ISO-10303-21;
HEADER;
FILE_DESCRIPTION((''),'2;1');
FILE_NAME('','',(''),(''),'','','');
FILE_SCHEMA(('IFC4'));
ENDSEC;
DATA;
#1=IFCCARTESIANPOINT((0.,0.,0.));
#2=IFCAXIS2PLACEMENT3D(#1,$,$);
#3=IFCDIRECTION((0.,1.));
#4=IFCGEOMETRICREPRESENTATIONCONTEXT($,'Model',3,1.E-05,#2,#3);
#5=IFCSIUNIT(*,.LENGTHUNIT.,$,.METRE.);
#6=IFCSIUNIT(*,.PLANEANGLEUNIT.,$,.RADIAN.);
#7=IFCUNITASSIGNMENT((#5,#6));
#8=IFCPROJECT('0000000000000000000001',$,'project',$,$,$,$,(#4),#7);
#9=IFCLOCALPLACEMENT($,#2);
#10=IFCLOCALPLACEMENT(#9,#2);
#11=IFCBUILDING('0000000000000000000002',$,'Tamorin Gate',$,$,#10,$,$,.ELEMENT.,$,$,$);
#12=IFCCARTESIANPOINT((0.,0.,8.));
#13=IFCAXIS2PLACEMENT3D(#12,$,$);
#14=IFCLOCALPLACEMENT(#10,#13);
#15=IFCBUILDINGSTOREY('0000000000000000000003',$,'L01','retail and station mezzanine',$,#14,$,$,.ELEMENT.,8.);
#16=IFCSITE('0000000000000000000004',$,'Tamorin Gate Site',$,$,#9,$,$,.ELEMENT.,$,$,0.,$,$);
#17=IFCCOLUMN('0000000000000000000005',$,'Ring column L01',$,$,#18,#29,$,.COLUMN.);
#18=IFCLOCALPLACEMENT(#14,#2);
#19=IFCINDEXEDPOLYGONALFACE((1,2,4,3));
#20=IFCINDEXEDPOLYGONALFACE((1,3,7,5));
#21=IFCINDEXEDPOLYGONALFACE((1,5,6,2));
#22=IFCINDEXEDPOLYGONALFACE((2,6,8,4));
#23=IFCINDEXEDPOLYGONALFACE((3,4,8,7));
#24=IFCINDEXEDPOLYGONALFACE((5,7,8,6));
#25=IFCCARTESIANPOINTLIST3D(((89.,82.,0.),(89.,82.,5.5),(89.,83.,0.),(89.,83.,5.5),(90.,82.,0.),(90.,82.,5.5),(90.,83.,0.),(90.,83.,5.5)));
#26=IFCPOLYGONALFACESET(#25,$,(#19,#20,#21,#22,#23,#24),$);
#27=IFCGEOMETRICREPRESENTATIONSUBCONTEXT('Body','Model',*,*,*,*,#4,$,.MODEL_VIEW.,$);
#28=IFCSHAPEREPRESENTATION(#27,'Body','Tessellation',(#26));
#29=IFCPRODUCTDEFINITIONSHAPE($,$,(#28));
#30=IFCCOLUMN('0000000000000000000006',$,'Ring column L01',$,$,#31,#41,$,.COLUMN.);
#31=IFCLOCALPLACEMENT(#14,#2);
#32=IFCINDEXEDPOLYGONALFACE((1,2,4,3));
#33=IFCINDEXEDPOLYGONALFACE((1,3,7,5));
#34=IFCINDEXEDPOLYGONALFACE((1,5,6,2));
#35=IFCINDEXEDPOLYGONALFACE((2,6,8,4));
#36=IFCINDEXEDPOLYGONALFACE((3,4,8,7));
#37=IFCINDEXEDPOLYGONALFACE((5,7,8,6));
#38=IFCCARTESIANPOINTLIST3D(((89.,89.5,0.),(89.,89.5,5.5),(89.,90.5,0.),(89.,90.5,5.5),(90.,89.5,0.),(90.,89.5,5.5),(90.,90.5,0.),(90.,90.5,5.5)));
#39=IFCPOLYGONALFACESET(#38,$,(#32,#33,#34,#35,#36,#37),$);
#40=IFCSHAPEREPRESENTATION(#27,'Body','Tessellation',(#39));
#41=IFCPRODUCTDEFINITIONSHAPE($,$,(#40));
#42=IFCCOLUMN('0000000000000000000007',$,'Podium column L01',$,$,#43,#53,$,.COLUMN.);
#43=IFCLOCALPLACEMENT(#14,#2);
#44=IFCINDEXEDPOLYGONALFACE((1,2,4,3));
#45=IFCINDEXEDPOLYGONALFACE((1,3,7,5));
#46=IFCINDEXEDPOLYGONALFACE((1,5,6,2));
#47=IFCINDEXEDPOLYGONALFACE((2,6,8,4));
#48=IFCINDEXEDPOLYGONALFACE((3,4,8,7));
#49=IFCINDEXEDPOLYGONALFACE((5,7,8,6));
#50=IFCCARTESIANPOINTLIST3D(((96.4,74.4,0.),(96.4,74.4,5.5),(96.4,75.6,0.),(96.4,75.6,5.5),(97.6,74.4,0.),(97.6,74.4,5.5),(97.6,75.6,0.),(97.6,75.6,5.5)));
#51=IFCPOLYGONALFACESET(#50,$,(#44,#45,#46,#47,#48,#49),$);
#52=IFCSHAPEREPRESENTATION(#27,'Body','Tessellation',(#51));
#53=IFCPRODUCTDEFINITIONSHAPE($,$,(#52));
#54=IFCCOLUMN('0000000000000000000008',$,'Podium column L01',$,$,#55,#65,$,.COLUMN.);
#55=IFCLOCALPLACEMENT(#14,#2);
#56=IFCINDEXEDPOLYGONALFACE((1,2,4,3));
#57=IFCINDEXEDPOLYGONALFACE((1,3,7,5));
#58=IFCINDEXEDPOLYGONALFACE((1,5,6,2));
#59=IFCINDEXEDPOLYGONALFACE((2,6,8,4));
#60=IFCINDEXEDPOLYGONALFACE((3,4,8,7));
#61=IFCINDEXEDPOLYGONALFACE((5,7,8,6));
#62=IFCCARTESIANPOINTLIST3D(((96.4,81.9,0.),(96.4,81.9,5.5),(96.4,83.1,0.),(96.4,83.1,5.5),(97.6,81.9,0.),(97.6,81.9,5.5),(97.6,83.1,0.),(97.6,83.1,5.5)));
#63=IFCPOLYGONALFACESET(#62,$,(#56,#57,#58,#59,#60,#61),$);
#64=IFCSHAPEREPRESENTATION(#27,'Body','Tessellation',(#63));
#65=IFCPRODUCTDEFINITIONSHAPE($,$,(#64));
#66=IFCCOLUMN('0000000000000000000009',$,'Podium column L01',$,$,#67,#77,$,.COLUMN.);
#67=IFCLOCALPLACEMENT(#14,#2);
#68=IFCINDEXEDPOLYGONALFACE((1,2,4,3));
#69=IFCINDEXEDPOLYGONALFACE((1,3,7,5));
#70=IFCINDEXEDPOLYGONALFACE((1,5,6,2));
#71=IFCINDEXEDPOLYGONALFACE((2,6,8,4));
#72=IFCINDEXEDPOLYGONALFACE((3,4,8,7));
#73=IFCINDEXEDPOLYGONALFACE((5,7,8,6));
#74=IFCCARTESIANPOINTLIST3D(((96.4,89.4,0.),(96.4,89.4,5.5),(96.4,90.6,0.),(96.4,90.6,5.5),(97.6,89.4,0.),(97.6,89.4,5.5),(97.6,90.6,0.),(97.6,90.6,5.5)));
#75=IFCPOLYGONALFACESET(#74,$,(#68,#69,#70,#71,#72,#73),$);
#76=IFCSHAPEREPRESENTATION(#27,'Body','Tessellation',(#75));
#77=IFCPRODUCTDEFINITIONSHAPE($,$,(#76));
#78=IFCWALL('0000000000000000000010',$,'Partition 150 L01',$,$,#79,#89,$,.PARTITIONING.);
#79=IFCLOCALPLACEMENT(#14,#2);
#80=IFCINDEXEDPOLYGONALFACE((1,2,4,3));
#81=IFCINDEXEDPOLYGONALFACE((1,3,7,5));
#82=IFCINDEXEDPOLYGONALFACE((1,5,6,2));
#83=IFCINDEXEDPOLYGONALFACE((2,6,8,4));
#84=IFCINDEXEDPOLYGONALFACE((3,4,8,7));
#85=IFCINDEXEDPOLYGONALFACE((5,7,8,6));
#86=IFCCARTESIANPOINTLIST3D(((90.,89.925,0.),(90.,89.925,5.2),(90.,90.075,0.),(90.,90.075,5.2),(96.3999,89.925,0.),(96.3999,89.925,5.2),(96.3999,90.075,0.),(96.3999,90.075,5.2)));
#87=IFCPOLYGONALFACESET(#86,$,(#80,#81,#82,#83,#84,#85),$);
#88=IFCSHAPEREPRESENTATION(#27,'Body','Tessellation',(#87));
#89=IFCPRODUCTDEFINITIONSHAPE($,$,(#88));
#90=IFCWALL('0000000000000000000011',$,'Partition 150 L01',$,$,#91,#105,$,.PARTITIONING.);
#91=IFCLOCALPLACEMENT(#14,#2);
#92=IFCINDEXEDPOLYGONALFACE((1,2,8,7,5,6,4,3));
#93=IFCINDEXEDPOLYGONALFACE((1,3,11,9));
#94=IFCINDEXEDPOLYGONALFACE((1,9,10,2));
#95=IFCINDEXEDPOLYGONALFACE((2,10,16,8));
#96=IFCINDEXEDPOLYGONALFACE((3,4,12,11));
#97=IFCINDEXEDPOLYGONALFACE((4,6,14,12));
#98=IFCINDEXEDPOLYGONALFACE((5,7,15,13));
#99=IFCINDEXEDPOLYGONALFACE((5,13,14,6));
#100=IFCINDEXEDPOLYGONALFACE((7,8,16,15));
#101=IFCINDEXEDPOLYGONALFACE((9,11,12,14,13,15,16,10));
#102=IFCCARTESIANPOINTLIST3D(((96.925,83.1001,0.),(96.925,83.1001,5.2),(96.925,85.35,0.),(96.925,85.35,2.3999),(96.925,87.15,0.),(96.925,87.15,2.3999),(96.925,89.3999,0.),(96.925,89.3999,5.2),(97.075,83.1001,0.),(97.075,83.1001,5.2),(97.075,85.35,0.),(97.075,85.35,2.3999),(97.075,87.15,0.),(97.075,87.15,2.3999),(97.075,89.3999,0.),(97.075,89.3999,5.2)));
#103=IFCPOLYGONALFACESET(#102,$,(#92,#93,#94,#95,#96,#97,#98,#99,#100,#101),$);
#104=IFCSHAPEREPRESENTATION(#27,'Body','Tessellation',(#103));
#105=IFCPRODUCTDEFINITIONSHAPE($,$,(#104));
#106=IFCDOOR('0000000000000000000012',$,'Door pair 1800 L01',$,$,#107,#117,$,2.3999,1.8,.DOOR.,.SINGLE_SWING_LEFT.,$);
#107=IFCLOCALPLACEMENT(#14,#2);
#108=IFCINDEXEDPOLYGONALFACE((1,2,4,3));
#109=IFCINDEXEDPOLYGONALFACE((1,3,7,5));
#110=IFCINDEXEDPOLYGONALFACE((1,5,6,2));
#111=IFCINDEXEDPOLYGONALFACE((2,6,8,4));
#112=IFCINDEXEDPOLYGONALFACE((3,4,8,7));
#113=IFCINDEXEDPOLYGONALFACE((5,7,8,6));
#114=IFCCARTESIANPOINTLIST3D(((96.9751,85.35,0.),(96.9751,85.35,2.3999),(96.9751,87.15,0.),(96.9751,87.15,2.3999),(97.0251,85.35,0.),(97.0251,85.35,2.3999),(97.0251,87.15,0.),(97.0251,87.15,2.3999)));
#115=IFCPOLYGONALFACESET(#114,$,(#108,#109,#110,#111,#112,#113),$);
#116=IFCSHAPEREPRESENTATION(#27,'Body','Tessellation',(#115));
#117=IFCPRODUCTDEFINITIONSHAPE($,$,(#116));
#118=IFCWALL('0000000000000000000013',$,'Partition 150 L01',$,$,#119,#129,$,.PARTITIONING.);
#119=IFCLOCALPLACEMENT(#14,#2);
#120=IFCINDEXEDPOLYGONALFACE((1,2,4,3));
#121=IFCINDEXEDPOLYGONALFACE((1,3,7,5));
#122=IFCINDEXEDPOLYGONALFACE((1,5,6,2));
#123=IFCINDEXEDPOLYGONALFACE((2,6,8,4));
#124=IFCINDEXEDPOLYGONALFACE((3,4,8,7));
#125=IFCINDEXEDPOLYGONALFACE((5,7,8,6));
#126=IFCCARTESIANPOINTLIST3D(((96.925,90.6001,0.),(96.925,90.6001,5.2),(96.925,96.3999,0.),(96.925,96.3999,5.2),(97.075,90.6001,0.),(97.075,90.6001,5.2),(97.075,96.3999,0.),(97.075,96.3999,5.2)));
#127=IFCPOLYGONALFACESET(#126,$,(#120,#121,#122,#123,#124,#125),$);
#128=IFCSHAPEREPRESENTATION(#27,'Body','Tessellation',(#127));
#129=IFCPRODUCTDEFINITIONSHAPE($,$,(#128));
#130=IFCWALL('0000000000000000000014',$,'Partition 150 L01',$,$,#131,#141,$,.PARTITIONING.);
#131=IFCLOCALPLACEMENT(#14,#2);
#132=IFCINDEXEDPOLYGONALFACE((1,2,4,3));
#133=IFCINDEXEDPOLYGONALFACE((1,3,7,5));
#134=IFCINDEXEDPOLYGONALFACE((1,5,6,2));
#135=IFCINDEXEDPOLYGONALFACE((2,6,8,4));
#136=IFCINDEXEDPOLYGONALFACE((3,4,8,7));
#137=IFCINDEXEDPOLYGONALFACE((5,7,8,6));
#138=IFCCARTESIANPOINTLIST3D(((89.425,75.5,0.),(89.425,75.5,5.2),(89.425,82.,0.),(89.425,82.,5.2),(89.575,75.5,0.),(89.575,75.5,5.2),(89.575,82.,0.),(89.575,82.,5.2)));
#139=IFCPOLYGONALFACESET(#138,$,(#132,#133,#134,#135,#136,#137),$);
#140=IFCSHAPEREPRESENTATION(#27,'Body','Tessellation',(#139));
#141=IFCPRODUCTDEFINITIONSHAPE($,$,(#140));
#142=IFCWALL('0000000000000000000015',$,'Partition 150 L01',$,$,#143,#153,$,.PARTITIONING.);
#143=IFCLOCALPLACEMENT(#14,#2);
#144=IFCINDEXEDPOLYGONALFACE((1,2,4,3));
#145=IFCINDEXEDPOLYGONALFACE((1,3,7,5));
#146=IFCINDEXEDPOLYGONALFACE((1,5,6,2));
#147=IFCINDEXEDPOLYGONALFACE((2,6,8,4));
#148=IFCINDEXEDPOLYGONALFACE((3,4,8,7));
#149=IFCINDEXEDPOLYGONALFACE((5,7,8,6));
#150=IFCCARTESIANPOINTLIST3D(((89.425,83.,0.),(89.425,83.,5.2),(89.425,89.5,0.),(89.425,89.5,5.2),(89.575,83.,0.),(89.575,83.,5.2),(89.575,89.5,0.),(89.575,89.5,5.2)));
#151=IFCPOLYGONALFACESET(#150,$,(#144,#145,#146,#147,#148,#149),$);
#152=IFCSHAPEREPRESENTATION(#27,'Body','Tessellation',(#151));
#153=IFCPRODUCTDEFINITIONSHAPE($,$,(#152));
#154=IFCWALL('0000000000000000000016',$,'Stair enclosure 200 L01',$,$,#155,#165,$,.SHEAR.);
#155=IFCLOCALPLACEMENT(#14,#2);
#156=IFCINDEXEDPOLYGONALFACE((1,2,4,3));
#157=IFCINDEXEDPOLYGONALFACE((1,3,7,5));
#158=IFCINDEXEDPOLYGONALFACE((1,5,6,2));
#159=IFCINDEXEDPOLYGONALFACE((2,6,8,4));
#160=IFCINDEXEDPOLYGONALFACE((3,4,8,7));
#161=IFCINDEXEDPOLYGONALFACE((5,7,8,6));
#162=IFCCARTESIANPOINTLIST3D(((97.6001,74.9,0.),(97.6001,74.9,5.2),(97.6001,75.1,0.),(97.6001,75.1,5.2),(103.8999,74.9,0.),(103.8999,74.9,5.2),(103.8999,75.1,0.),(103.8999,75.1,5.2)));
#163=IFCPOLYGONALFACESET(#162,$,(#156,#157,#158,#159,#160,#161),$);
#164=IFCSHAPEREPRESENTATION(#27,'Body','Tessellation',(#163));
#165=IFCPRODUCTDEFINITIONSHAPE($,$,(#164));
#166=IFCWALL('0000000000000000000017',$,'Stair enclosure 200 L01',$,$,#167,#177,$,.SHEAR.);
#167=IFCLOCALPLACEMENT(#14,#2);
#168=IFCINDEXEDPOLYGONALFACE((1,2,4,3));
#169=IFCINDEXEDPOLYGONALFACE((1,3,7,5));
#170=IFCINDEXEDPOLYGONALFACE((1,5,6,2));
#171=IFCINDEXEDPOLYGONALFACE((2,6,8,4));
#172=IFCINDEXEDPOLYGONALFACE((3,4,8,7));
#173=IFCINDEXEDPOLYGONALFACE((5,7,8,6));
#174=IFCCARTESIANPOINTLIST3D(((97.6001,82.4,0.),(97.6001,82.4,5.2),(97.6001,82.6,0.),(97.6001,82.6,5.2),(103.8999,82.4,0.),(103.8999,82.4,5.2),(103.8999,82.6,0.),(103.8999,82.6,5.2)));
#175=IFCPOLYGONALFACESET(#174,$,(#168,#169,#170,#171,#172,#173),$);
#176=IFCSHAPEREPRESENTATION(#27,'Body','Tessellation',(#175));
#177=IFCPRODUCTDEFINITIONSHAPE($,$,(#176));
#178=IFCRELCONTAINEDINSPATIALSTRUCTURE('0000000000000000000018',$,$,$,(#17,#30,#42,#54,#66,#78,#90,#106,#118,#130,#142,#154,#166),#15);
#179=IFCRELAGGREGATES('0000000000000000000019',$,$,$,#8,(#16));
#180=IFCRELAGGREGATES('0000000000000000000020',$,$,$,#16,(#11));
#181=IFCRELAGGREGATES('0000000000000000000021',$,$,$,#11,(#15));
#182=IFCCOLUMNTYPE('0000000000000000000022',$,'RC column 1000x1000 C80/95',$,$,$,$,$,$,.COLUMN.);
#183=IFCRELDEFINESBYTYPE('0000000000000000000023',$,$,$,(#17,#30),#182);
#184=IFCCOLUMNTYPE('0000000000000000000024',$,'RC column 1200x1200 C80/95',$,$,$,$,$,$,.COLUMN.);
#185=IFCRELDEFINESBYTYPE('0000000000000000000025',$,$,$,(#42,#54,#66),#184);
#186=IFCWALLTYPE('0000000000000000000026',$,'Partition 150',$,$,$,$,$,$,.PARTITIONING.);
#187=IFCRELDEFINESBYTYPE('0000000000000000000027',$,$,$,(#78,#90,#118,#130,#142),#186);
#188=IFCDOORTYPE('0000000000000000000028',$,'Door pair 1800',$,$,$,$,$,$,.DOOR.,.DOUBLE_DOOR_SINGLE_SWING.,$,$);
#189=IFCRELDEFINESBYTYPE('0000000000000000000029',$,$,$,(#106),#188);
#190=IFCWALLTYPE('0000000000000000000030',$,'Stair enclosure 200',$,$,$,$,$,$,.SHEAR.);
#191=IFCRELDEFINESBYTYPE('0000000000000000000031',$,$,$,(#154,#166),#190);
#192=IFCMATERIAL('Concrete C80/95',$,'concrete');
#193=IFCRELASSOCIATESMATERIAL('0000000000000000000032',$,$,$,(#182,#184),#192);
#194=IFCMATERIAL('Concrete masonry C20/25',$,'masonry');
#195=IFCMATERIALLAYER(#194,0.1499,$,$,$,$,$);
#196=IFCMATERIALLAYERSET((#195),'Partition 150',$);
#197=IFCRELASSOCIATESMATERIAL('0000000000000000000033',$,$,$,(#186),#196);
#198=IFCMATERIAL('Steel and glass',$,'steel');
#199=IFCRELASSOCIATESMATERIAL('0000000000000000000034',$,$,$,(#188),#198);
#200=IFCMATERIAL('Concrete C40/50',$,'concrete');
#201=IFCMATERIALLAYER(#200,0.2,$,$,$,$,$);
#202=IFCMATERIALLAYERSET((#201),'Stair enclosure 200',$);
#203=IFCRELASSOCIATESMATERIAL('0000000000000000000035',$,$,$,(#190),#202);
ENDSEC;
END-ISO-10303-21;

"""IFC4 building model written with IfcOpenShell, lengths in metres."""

from ifc_helpers import new_model, si_unit, direction, frame, frame_2d, origin, origin_2d, place, context, subcontext, project, spatial, rectangle, extrude, material, layer, layer_set, material_profile, profile_set, type_object, element, fill, save


model = new_model("IFC4")

# Units and contexts
model_context = context("Model", 3, precision=1e-05, world=origin(), true_north=direction((0.0, 1.0)))
body_context = subcontext(model_context, "Body", "Model", "MODEL_VIEW")
ifc_project = project(units=[si_unit("LENGTHUNIT", "METRE"), si_unit("PLANEANGLEUNIT", "RADIAN")], contexts=[model_context])

# Site, building, storey
site_placement = place(None, origin())
site = spatial("IfcSite", under=ifc_project, at=site_placement, Name="Tamorin Gate Site", CompositionType="ELEMENT", RefElevation=0.0)
building_placement = place(site_placement, origin())
building = spatial("IfcBuilding", under=site, at=building_placement, Name="Tamorin Gate", CompositionType="ELEMENT")
storey_placement = place(building_placement, frame((0.0, 0.0, 8.0)))
storey = spatial("IfcBuildingStorey", under=building, at=storey_placement, Name="L01", Description="retail and station mezzanine", CompositionType="ELEMENT", Elevation=8.0)

# Columns
ifc_material_1 = material(Name="Concrete C80/95", Category="concrete")
ifc_material_profile_1 = material_profile(ifc_material_1, rectangle(XDim=1.0, YDim=1.0, at=origin_2d()), Name="RC 1000x1000")
ifc_profile_set_1 = profile_set([ifc_material_profile_1], Name="Concrete C80/95")
column_type_1 = type_object("IfcColumnType", Name="RC column 1000x1000 C80/95", PredefinedType="COLUMN", material=ifc_profile_set_1)
for number, where, z_axis, x_axis, name in (
    (1, (89.5, 82.5, 0.0), (0.0, 0.0, 1.0), (1.0, 0.0, 0.0), "Ring column L01"),
    (2, (89.5, 90.0, 0.0), (0.0, 0.0, 1.0), (1.0, 0.0, 0.0), "Ring column L01"),
):
    element("IfcColumn", number, at=place(storey_placement, frame(where, z_axis=z_axis, x_axis=x_axis)), inside=storey, type_object=column_type_1, Name=name, PredefinedType="COLUMN", context=body_context, shape_type="SweptSolid", body=[
        extrude(rectangle(XDim=1.0, YDim=1.0, at=origin_2d()), origin(), (0.0, 0.0, 1.0), 5.5),
    ])
ifc_material_profile_2 = material_profile(ifc_material_1, rectangle(XDim=1.2, YDim=1.2, at=origin_2d()), Name="RC 1200x1200")
ifc_profile_set_2 = profile_set([ifc_material_profile_2], Name="Concrete C80/95")
column_type_2 = type_object("IfcColumnType", Name="RC column 1200x1200 C80/95", PredefinedType="COLUMN", material=ifc_profile_set_2)
for number, where, z_axis, x_axis, name in (
    (3, (97.0, 75.0, 0.0), (0.0, 0.0, 1.0), (1.0, 0.0, 0.0), "Podium column L01"),
    (4, (97.0, 82.5, 0.0), (0.0, 0.0, 1.0), (1.0, 0.0, 0.0), "Podium column L01"),
    (5, (97.0, 90.0, 0.0), (0.0, 0.0, 1.0), (1.0, 0.0, 0.0), "Podium column L01"),
):
    element("IfcColumn", number, at=place(storey_placement, frame(where, z_axis=z_axis, x_axis=x_axis)), inside=storey, type_object=column_type_2, Name=name, PredefinedType="COLUMN", context=body_context, shape_type="SweptSolid", body=[
        extrude(rectangle(XDim=1.2, YDim=1.2, at=origin_2d()), origin(), (0.0, 0.0, 1.0), 5.5),
    ])

# Wall
ifc_material_2 = material(Name="Concrete masonry C20/25", Category="masonry")
ifc_layer_1 = layer(ifc_material_2, 0.1499)
ifc_layer_set_1 = layer_set([ifc_layer_1], Name="Partition 150")
wall_type_1 = type_object("IfcWallType", Name="Partition 150", PredefinedType="PARTITIONING", material=ifc_layer_set_1)
wall_1_placement = place(storey_placement, frame((90.0, 90.0, 0.0), z_axis=(0.0, 0.0, 1.0), x_axis=(1.0, 0.0, 0.0)))
element("IfcWall", 6, at=wall_1_placement, inside=storey, type_object=wall_type_1, Name="Partition 150 L01", PredefinedType="PARTITIONING", context=body_context, shape_type="SweptSolid", body=[
    extrude(rectangle(XDim=6.3999, YDim=0.1499, at=frame_2d((3.2, 0.0))), origin(), (0.0, 0.0, 1.0), 5.2),
])

# Wall, opening, door
wall_2_placement = place(storey_placement, frame((97.0, 83.1001, 0.0), z_axis=(0.0, 0.0, 1.0), x_axis=(0.0, 1.0, 0.0)))
wall_2 = element("IfcWall", 7, at=wall_2_placement, inside=storey, type_object=wall_type_1, Name="Partition 150 L01", PredefinedType="PARTITIONING", context=body_context, shape_type="SweptSolid", body=[
    extrude(rectangle(XDim=6.2998, YDim=0.1499, at=frame_2d((3.1499, 0.0))), origin(), (0.0, 0.0, 1.0), 5.2),
])
opening_1_placement = place(wall_2_placement, frame((2.25, 0.0, 0.0)))
opening_1 = element("IfcOpeningElement", 8, at=opening_1_placement, cuts=wall_2, PredefinedType="OPENING", context=body_context, shape_type="SweptSolid", body=[
    extrude(rectangle(XDim=1.8, YDim=2.3999, at=frame_2d((0.8999, 1.2))), frame((0.0, 0.085, 0.0), z_axis=(0.0, -1.0, 0.0), x_axis=(1.0, 0.0, 0.0)), (0.0, 0.0, 1.0), 0.1699),
])
ifc_material_3 = material(Name="Steel and glass", Category="steel")
door_type_1 = type_object("IfcDoorType", Name="Door pair 1800", OperationType="DOUBLE_DOOR_SINGLE_SWING", PredefinedType="DOOR", material=ifc_material_3)
door_1_placement = place(opening_1_placement, origin())
door_1 = element("IfcDoor", 9, at=door_1_placement, inside=storey, type_object=door_type_1, Name="Door pair 1800 L01", OperationType="SINGLE_SWING_LEFT", OverallHeight=2.3999, OverallWidth=1.8, PredefinedType="DOOR", context=body_context, shape_type="SweptSolid", body=[
    extrude(rectangle(XDim=1.8, YDim=2.3999, at=frame_2d((0.8999, 1.2))), frame((0.0, 0.0249, 0.0), z_axis=(0.0, -1.0, 0.0), x_axis=(1.0, 0.0, 0.0)), (0.0, 0.0, 1.0), 0.05),
])
fill(opening_1, door_1)

# Walls
wall_3_placement = place(storey_placement, frame((97.0, 90.6001, 0.0), z_axis=(0.0, 0.0, 1.0), x_axis=(0.0, 1.0, 0.0)))
element("IfcWall", 10, at=wall_3_placement, inside=storey, type_object=wall_type_1, Name="Partition 150 L01", PredefinedType="PARTITIONING", context=body_context, shape_type="SweptSolid", body=[
    extrude(rectangle(XDim=5.7998, YDim=0.1499, at=frame_2d((2.8999, 0.0))), origin(), (0.0, 0.0, 1.0), 5.2),
])
for number, where, z_axis, x_axis, name in (
    (11, (89.5, 75.5, 0.0), (0.0, 0.0, 1.0), (0.0, 1.0, 0.0), "Partition 150 L01"),
    (12, (89.5, 83.0, 0.0), (0.0, 0.0, 1.0), (0.0, 1.0, 0.0), "Partition 150 L01"),
):
    element("IfcWall", number, at=place(storey_placement, frame(where, z_axis=z_axis, x_axis=x_axis)), inside=storey, type_object=wall_type_1, Name=name, PredefinedType="PARTITIONING", context=body_context, shape_type="SweptSolid", body=[
        extrude(rectangle(XDim=6.5, YDim=0.1499, at=frame_2d((3.25, 0.0))), origin(), (0.0, 0.0, 1.0), 5.2),
    ])
ifc_material_4 = material(Name="Concrete C40/50", Category="concrete")
ifc_layer_2 = layer(ifc_material_4, 0.2)
ifc_layer_set_2 = layer_set([ifc_layer_2], Name="Stair enclosure 200")
wall_type_2 = type_object("IfcWallType", Name="Stair enclosure 200", PredefinedType="SHEAR", material=ifc_layer_set_2)
for number, where, z_axis, x_axis, name in (
    (13, (97.6001, 75.0, 0.0), (0.0, 0.0, 1.0), (1.0, 0.0, 0.0), "Stair enclosure 200 L01"),
    (14, (97.6001, 82.5, 0.0), (0.0, 0.0, 1.0), (1.0, 0.0, 0.0), "Stair enclosure 200 L01"),
):
    element("IfcWall", number, at=place(storey_placement, frame(where, z_axis=z_axis, x_axis=x_axis)), inside=storey, type_object=wall_type_2, Name=name, PredefinedType="SHEAR", context=body_context, shape_type="SweptSolid", body=[
        extrude(rectangle(XDim=6.2998, YDim=0.2, at=frame_2d((3.1499, 0.0))), origin(), (0.0, 0.0, 1.0), 5.2),
    ])

save(model, "model.ifc")
